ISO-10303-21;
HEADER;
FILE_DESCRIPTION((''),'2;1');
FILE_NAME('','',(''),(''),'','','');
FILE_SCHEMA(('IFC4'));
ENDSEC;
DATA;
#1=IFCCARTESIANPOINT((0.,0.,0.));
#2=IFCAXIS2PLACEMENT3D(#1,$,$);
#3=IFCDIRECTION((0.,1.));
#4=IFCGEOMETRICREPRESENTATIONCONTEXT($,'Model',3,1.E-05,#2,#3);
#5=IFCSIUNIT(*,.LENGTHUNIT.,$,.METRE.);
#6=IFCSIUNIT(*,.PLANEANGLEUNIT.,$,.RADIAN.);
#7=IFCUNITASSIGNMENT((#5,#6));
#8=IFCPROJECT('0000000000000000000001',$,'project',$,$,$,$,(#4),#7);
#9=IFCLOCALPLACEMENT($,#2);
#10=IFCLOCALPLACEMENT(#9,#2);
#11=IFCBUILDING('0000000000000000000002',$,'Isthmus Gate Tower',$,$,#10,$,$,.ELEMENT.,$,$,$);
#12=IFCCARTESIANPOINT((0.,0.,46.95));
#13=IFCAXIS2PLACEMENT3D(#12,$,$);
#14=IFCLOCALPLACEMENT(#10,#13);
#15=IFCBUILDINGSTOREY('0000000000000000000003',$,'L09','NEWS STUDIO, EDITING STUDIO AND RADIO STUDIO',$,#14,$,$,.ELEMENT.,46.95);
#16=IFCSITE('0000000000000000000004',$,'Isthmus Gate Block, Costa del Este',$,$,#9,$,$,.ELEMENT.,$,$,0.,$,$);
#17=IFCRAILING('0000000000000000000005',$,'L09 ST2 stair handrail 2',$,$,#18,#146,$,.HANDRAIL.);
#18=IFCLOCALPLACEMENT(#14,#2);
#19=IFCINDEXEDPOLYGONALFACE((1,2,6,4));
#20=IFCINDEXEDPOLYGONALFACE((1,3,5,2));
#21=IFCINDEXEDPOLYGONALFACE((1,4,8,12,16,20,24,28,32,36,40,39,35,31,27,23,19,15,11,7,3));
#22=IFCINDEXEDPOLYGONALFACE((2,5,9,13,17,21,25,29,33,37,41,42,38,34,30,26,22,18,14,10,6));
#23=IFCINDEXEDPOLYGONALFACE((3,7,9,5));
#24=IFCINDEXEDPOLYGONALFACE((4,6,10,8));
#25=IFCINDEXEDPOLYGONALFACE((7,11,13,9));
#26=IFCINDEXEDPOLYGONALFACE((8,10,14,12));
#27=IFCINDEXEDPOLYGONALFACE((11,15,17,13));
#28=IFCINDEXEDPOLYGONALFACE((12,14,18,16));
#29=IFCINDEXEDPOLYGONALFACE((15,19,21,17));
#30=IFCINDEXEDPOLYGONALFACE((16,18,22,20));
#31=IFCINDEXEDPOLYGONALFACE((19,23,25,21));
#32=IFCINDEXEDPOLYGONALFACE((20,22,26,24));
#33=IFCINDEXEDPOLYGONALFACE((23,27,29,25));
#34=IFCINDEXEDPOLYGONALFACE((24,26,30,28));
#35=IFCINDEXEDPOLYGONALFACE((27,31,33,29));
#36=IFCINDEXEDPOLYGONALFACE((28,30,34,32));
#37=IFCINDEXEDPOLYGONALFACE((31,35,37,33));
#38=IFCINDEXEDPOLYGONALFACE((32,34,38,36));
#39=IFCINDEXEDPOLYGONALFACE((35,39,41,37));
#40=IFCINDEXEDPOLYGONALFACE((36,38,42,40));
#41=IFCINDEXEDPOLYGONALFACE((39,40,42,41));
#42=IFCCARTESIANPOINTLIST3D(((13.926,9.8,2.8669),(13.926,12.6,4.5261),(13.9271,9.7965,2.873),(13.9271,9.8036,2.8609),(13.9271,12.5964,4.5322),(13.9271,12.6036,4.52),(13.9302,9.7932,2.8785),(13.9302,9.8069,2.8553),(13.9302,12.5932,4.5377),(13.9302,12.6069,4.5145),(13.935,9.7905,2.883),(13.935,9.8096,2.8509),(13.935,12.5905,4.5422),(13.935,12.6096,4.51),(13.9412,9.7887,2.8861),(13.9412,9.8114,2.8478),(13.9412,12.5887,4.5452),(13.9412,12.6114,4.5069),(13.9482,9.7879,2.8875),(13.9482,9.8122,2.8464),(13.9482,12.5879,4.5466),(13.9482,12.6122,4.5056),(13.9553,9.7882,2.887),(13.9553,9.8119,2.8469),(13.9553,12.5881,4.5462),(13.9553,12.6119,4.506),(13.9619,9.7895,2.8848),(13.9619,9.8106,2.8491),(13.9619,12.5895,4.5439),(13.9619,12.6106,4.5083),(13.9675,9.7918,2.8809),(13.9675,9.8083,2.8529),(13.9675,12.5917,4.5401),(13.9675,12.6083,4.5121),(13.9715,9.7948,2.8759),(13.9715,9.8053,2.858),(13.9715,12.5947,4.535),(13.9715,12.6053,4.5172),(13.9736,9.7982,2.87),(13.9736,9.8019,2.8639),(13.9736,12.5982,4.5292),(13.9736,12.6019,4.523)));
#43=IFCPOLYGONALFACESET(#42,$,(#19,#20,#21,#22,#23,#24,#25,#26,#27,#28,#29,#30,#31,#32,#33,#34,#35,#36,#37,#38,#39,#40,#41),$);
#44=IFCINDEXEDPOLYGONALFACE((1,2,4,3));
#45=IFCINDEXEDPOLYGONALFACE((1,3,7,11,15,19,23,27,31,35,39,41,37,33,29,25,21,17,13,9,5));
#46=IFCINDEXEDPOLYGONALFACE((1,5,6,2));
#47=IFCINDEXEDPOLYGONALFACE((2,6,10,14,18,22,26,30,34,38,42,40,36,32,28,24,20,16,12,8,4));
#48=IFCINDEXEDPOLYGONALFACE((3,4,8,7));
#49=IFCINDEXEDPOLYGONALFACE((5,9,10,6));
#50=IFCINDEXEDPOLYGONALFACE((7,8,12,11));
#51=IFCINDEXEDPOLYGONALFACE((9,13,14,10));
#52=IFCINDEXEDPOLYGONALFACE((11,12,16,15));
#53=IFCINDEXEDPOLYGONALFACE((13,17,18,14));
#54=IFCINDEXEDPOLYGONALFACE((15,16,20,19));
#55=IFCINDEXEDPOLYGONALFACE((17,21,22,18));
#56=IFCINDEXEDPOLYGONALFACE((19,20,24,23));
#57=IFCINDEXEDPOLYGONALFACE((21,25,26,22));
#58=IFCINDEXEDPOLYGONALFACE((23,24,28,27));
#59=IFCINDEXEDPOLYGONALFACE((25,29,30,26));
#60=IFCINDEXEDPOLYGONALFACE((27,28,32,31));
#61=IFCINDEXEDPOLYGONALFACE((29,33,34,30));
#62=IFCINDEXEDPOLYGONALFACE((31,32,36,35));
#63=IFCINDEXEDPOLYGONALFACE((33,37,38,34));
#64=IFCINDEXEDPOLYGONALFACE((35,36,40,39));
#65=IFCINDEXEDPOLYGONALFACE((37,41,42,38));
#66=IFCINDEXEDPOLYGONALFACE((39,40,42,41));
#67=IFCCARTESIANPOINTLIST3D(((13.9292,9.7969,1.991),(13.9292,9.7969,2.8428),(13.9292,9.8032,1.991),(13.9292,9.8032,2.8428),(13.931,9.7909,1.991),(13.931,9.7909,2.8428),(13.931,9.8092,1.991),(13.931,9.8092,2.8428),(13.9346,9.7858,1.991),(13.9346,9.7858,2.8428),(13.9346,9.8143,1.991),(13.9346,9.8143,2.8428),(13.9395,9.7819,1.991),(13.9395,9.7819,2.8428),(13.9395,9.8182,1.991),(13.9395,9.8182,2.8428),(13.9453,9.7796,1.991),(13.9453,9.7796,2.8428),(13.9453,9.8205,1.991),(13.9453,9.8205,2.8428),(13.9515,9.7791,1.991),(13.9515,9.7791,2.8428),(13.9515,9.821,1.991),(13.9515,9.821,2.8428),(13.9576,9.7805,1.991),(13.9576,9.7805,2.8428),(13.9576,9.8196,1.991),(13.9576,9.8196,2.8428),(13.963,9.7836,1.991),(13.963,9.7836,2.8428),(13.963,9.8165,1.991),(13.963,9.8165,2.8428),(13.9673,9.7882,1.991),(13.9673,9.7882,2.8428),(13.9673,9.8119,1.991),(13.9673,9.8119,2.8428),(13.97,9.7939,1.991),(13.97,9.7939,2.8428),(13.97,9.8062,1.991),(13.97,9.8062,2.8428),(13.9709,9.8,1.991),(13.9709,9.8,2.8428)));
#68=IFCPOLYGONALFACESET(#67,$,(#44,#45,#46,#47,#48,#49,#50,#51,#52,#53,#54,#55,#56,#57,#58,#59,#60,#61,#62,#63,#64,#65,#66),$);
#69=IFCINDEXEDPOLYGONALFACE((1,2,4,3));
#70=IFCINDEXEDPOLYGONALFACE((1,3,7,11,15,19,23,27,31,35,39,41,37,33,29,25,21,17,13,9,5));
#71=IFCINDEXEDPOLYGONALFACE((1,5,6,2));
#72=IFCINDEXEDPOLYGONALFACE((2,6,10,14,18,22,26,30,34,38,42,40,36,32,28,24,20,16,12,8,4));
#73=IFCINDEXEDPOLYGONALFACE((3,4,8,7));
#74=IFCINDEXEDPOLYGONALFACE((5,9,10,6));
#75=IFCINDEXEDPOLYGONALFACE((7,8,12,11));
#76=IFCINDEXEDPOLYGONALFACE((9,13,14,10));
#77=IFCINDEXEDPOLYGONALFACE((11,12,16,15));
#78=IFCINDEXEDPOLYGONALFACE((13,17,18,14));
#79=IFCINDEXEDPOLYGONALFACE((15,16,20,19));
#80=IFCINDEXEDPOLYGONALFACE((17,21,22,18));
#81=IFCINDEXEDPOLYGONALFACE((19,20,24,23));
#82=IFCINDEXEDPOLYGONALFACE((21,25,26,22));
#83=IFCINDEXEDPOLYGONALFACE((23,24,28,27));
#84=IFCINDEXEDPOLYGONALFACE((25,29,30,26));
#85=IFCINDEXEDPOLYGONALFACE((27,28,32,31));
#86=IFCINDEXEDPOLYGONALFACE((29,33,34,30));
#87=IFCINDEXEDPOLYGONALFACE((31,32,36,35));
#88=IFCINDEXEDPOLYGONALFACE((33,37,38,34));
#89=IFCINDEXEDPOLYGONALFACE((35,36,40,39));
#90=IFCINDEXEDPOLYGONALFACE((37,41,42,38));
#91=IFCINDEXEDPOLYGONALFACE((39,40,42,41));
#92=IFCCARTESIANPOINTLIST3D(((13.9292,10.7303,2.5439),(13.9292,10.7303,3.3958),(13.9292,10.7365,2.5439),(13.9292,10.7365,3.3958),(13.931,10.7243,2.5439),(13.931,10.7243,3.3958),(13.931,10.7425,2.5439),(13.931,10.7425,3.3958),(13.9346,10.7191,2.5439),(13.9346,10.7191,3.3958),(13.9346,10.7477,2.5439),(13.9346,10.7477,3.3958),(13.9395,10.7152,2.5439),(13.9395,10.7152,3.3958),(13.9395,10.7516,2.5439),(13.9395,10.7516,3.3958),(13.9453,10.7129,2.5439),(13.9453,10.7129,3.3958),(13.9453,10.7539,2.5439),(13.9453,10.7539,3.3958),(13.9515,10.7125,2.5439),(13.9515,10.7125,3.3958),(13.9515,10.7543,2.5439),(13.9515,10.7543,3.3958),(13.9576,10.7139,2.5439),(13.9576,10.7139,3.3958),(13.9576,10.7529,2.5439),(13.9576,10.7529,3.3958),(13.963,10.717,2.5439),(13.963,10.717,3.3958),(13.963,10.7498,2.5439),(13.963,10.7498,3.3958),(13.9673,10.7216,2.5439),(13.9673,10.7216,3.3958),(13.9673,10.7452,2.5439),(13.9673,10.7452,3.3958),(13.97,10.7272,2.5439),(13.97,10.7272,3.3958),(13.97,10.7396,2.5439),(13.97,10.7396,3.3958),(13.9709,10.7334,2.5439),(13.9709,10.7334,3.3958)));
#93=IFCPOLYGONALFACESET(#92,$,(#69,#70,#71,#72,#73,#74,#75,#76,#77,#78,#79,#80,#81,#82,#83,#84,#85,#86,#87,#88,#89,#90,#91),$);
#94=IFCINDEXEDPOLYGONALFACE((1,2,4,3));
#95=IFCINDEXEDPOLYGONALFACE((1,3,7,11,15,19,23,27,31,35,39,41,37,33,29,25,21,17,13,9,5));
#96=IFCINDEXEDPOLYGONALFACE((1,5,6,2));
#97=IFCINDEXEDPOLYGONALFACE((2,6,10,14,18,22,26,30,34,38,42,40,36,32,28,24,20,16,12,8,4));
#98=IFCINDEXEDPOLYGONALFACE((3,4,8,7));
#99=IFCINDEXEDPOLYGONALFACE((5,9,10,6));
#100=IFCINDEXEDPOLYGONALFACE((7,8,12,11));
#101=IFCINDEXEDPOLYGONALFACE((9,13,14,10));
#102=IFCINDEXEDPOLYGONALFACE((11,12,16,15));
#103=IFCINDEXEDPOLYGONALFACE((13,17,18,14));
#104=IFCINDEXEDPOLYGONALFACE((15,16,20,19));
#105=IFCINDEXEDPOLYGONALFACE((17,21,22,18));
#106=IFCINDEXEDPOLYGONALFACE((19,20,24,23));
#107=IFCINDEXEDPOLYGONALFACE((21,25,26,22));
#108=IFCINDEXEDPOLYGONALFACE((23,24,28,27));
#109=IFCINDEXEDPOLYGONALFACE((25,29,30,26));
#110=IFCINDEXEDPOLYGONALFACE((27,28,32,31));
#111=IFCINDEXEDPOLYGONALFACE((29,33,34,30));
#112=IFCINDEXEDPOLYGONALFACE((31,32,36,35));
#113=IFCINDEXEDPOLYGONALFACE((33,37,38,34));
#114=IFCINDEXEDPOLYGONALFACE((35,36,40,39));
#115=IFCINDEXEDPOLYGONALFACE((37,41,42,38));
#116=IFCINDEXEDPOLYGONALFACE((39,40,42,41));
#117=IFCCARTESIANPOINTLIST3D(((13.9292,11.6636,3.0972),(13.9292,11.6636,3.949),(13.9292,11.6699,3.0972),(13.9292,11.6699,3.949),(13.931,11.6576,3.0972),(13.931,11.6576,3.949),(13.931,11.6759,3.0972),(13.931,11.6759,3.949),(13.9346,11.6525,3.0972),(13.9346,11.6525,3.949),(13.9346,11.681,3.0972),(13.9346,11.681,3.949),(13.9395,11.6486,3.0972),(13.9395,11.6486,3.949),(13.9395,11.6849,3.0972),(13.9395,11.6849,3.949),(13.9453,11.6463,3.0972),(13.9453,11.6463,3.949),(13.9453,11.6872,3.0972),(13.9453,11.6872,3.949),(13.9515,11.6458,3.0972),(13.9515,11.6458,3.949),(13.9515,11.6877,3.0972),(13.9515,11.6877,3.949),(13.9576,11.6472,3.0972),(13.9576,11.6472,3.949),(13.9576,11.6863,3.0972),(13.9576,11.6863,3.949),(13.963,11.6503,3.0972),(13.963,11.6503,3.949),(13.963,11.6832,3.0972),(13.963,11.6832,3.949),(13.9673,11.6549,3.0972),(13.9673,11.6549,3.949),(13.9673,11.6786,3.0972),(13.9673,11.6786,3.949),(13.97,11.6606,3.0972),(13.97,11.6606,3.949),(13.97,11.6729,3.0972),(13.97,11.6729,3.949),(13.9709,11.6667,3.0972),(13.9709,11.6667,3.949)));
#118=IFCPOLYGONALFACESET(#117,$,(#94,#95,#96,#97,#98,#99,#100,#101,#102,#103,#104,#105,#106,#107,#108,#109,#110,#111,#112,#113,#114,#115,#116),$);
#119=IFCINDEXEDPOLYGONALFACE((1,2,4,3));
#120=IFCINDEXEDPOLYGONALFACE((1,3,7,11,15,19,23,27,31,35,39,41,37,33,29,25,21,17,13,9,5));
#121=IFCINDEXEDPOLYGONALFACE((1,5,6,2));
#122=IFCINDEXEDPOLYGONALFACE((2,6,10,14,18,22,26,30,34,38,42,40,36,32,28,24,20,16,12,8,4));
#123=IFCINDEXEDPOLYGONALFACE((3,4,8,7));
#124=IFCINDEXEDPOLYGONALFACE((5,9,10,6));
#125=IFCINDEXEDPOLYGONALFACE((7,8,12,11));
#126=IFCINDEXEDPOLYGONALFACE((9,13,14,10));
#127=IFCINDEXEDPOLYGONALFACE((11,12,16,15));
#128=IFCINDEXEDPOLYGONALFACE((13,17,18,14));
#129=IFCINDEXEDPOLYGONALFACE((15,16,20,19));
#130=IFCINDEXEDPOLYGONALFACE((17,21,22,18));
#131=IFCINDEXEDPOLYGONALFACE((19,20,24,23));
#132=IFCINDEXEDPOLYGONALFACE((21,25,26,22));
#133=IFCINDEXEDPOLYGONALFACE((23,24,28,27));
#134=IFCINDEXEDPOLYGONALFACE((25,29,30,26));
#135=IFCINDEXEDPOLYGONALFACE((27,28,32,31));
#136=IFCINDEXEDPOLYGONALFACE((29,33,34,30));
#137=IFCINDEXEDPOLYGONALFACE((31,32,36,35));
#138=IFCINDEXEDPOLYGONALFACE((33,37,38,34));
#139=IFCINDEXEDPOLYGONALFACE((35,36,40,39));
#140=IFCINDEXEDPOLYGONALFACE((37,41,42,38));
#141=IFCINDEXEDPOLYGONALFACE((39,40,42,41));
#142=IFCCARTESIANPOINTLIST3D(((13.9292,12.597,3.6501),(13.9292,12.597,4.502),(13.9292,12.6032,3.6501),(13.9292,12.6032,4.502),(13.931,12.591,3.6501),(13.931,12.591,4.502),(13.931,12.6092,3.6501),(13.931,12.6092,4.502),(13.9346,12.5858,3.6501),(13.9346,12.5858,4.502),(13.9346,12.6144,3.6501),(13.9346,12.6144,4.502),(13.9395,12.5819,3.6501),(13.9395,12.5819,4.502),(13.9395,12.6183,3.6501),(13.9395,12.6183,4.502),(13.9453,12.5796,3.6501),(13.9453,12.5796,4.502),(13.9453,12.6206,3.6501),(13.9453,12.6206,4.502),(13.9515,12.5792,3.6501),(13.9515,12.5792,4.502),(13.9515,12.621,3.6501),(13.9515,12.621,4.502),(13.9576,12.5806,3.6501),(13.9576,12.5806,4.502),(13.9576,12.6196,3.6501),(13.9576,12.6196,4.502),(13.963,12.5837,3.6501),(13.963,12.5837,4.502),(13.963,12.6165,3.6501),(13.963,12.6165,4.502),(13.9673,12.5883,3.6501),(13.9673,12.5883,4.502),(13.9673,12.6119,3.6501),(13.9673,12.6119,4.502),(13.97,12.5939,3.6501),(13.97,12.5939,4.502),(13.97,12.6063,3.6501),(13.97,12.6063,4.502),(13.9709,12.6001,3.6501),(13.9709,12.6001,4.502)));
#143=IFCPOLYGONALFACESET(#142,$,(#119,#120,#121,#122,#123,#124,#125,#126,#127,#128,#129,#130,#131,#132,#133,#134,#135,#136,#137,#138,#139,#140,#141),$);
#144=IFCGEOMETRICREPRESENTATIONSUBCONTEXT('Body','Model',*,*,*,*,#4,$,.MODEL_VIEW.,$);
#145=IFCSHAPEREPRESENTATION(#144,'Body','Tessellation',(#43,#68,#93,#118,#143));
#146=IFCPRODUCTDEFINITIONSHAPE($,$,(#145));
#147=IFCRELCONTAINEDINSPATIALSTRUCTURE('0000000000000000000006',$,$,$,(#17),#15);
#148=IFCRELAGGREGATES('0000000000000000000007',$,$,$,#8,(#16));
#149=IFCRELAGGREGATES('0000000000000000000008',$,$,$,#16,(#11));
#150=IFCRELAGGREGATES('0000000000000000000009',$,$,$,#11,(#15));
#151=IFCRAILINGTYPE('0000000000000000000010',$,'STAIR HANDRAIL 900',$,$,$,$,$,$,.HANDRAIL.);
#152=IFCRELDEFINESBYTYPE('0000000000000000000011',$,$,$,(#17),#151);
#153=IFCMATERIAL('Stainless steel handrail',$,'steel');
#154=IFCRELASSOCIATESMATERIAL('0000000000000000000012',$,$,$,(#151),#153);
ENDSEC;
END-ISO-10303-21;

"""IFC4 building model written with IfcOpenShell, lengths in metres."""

from ifc_helpers import new_model, si_unit, direction, frame, origin, origin_2d, place, context, subcontext, project, spatial, circle, extrude, material, type_object, element, save


model = new_model("IFC4")

# Units and contexts
model_context = context("Model", 3, precision=1e-05, world=origin(), true_north=direction((0.0, 1.0)))
body_context = subcontext(model_context, "Body", "Model", "MODEL_VIEW")
ifc_project = project(units=[si_unit("LENGTHUNIT", "METRE"), si_unit("PLANEANGLEUNIT", "RADIAN")], contexts=[model_context])

# Site, building, storey
site_placement = place(None, origin())
site = spatial("IfcSite", under=ifc_project, at=site_placement, Name="Isthmus Gate Block, Costa del Este", CompositionType="ELEMENT", RefElevation=0.0)
building_placement = place(site_placement, origin())
building = spatial("IfcBuilding", under=site, at=building_placement, Name="Isthmus Gate Tower", CompositionType="ELEMENT")
storey_placement = place(building_placement, frame((0.0, 0.0, 46.95)))
storey = spatial("IfcBuildingStorey", under=building, at=storey_placement, Name="L09", Description="NEWS STUDIO, EDITING STUDIO AND RADIO STUDIO", CompositionType="ELEMENT", Elevation=46.95)

# Railing
ifc_material_1 = material(Name="Stainless steel handrail", Category="steel")
railing_type = type_object("IfcRailingType", Name="STAIR HANDRAIL 900", PredefinedType="HANDRAIL", material=ifc_material_1)
railing_placement = place(storey_placement, frame((13.95, 9.8, 1.991)))
element("IfcRailing", 1, at=railing_placement, inside=storey, type_object=railing_type, Name="L09 ST2 stair handrail 2", PredefinedType="HANDRAIL", context=body_context, shape_type="SweptSolid", body=[
    extrude(circle(Radius=0.0239, at=origin_2d()), frame((0.0, 0.0, 0.876), z_axis=(0.0, 0.860306, 0.509778), x_axis=(-1.0, 0.0, 0.0)), (0.0, 0.0, 1.0), 3.2546),
    extrude(circle(Radius=0.021, at=origin_2d()), origin(), (0.0, 0.0, 1.0), 0.8518),
    extrude(circle(Radius=0.021, at=origin_2d()), frame((0.0, 0.9333, 0.553)), (0.0, 0.0, 1.0), 0.8518),
    extrude(circle(Radius=0.021, at=origin_2d()), frame((0.0, 1.8667, 1.1062)), (0.0, 0.0, 1.0), 0.8518),
    extrude(circle(Radius=0.021, at=origin_2d()), frame((0.0, 2.8, 1.6592)), (0.0, 0.0, 1.0), 0.8518),
])

save(model, "model.ifc")
